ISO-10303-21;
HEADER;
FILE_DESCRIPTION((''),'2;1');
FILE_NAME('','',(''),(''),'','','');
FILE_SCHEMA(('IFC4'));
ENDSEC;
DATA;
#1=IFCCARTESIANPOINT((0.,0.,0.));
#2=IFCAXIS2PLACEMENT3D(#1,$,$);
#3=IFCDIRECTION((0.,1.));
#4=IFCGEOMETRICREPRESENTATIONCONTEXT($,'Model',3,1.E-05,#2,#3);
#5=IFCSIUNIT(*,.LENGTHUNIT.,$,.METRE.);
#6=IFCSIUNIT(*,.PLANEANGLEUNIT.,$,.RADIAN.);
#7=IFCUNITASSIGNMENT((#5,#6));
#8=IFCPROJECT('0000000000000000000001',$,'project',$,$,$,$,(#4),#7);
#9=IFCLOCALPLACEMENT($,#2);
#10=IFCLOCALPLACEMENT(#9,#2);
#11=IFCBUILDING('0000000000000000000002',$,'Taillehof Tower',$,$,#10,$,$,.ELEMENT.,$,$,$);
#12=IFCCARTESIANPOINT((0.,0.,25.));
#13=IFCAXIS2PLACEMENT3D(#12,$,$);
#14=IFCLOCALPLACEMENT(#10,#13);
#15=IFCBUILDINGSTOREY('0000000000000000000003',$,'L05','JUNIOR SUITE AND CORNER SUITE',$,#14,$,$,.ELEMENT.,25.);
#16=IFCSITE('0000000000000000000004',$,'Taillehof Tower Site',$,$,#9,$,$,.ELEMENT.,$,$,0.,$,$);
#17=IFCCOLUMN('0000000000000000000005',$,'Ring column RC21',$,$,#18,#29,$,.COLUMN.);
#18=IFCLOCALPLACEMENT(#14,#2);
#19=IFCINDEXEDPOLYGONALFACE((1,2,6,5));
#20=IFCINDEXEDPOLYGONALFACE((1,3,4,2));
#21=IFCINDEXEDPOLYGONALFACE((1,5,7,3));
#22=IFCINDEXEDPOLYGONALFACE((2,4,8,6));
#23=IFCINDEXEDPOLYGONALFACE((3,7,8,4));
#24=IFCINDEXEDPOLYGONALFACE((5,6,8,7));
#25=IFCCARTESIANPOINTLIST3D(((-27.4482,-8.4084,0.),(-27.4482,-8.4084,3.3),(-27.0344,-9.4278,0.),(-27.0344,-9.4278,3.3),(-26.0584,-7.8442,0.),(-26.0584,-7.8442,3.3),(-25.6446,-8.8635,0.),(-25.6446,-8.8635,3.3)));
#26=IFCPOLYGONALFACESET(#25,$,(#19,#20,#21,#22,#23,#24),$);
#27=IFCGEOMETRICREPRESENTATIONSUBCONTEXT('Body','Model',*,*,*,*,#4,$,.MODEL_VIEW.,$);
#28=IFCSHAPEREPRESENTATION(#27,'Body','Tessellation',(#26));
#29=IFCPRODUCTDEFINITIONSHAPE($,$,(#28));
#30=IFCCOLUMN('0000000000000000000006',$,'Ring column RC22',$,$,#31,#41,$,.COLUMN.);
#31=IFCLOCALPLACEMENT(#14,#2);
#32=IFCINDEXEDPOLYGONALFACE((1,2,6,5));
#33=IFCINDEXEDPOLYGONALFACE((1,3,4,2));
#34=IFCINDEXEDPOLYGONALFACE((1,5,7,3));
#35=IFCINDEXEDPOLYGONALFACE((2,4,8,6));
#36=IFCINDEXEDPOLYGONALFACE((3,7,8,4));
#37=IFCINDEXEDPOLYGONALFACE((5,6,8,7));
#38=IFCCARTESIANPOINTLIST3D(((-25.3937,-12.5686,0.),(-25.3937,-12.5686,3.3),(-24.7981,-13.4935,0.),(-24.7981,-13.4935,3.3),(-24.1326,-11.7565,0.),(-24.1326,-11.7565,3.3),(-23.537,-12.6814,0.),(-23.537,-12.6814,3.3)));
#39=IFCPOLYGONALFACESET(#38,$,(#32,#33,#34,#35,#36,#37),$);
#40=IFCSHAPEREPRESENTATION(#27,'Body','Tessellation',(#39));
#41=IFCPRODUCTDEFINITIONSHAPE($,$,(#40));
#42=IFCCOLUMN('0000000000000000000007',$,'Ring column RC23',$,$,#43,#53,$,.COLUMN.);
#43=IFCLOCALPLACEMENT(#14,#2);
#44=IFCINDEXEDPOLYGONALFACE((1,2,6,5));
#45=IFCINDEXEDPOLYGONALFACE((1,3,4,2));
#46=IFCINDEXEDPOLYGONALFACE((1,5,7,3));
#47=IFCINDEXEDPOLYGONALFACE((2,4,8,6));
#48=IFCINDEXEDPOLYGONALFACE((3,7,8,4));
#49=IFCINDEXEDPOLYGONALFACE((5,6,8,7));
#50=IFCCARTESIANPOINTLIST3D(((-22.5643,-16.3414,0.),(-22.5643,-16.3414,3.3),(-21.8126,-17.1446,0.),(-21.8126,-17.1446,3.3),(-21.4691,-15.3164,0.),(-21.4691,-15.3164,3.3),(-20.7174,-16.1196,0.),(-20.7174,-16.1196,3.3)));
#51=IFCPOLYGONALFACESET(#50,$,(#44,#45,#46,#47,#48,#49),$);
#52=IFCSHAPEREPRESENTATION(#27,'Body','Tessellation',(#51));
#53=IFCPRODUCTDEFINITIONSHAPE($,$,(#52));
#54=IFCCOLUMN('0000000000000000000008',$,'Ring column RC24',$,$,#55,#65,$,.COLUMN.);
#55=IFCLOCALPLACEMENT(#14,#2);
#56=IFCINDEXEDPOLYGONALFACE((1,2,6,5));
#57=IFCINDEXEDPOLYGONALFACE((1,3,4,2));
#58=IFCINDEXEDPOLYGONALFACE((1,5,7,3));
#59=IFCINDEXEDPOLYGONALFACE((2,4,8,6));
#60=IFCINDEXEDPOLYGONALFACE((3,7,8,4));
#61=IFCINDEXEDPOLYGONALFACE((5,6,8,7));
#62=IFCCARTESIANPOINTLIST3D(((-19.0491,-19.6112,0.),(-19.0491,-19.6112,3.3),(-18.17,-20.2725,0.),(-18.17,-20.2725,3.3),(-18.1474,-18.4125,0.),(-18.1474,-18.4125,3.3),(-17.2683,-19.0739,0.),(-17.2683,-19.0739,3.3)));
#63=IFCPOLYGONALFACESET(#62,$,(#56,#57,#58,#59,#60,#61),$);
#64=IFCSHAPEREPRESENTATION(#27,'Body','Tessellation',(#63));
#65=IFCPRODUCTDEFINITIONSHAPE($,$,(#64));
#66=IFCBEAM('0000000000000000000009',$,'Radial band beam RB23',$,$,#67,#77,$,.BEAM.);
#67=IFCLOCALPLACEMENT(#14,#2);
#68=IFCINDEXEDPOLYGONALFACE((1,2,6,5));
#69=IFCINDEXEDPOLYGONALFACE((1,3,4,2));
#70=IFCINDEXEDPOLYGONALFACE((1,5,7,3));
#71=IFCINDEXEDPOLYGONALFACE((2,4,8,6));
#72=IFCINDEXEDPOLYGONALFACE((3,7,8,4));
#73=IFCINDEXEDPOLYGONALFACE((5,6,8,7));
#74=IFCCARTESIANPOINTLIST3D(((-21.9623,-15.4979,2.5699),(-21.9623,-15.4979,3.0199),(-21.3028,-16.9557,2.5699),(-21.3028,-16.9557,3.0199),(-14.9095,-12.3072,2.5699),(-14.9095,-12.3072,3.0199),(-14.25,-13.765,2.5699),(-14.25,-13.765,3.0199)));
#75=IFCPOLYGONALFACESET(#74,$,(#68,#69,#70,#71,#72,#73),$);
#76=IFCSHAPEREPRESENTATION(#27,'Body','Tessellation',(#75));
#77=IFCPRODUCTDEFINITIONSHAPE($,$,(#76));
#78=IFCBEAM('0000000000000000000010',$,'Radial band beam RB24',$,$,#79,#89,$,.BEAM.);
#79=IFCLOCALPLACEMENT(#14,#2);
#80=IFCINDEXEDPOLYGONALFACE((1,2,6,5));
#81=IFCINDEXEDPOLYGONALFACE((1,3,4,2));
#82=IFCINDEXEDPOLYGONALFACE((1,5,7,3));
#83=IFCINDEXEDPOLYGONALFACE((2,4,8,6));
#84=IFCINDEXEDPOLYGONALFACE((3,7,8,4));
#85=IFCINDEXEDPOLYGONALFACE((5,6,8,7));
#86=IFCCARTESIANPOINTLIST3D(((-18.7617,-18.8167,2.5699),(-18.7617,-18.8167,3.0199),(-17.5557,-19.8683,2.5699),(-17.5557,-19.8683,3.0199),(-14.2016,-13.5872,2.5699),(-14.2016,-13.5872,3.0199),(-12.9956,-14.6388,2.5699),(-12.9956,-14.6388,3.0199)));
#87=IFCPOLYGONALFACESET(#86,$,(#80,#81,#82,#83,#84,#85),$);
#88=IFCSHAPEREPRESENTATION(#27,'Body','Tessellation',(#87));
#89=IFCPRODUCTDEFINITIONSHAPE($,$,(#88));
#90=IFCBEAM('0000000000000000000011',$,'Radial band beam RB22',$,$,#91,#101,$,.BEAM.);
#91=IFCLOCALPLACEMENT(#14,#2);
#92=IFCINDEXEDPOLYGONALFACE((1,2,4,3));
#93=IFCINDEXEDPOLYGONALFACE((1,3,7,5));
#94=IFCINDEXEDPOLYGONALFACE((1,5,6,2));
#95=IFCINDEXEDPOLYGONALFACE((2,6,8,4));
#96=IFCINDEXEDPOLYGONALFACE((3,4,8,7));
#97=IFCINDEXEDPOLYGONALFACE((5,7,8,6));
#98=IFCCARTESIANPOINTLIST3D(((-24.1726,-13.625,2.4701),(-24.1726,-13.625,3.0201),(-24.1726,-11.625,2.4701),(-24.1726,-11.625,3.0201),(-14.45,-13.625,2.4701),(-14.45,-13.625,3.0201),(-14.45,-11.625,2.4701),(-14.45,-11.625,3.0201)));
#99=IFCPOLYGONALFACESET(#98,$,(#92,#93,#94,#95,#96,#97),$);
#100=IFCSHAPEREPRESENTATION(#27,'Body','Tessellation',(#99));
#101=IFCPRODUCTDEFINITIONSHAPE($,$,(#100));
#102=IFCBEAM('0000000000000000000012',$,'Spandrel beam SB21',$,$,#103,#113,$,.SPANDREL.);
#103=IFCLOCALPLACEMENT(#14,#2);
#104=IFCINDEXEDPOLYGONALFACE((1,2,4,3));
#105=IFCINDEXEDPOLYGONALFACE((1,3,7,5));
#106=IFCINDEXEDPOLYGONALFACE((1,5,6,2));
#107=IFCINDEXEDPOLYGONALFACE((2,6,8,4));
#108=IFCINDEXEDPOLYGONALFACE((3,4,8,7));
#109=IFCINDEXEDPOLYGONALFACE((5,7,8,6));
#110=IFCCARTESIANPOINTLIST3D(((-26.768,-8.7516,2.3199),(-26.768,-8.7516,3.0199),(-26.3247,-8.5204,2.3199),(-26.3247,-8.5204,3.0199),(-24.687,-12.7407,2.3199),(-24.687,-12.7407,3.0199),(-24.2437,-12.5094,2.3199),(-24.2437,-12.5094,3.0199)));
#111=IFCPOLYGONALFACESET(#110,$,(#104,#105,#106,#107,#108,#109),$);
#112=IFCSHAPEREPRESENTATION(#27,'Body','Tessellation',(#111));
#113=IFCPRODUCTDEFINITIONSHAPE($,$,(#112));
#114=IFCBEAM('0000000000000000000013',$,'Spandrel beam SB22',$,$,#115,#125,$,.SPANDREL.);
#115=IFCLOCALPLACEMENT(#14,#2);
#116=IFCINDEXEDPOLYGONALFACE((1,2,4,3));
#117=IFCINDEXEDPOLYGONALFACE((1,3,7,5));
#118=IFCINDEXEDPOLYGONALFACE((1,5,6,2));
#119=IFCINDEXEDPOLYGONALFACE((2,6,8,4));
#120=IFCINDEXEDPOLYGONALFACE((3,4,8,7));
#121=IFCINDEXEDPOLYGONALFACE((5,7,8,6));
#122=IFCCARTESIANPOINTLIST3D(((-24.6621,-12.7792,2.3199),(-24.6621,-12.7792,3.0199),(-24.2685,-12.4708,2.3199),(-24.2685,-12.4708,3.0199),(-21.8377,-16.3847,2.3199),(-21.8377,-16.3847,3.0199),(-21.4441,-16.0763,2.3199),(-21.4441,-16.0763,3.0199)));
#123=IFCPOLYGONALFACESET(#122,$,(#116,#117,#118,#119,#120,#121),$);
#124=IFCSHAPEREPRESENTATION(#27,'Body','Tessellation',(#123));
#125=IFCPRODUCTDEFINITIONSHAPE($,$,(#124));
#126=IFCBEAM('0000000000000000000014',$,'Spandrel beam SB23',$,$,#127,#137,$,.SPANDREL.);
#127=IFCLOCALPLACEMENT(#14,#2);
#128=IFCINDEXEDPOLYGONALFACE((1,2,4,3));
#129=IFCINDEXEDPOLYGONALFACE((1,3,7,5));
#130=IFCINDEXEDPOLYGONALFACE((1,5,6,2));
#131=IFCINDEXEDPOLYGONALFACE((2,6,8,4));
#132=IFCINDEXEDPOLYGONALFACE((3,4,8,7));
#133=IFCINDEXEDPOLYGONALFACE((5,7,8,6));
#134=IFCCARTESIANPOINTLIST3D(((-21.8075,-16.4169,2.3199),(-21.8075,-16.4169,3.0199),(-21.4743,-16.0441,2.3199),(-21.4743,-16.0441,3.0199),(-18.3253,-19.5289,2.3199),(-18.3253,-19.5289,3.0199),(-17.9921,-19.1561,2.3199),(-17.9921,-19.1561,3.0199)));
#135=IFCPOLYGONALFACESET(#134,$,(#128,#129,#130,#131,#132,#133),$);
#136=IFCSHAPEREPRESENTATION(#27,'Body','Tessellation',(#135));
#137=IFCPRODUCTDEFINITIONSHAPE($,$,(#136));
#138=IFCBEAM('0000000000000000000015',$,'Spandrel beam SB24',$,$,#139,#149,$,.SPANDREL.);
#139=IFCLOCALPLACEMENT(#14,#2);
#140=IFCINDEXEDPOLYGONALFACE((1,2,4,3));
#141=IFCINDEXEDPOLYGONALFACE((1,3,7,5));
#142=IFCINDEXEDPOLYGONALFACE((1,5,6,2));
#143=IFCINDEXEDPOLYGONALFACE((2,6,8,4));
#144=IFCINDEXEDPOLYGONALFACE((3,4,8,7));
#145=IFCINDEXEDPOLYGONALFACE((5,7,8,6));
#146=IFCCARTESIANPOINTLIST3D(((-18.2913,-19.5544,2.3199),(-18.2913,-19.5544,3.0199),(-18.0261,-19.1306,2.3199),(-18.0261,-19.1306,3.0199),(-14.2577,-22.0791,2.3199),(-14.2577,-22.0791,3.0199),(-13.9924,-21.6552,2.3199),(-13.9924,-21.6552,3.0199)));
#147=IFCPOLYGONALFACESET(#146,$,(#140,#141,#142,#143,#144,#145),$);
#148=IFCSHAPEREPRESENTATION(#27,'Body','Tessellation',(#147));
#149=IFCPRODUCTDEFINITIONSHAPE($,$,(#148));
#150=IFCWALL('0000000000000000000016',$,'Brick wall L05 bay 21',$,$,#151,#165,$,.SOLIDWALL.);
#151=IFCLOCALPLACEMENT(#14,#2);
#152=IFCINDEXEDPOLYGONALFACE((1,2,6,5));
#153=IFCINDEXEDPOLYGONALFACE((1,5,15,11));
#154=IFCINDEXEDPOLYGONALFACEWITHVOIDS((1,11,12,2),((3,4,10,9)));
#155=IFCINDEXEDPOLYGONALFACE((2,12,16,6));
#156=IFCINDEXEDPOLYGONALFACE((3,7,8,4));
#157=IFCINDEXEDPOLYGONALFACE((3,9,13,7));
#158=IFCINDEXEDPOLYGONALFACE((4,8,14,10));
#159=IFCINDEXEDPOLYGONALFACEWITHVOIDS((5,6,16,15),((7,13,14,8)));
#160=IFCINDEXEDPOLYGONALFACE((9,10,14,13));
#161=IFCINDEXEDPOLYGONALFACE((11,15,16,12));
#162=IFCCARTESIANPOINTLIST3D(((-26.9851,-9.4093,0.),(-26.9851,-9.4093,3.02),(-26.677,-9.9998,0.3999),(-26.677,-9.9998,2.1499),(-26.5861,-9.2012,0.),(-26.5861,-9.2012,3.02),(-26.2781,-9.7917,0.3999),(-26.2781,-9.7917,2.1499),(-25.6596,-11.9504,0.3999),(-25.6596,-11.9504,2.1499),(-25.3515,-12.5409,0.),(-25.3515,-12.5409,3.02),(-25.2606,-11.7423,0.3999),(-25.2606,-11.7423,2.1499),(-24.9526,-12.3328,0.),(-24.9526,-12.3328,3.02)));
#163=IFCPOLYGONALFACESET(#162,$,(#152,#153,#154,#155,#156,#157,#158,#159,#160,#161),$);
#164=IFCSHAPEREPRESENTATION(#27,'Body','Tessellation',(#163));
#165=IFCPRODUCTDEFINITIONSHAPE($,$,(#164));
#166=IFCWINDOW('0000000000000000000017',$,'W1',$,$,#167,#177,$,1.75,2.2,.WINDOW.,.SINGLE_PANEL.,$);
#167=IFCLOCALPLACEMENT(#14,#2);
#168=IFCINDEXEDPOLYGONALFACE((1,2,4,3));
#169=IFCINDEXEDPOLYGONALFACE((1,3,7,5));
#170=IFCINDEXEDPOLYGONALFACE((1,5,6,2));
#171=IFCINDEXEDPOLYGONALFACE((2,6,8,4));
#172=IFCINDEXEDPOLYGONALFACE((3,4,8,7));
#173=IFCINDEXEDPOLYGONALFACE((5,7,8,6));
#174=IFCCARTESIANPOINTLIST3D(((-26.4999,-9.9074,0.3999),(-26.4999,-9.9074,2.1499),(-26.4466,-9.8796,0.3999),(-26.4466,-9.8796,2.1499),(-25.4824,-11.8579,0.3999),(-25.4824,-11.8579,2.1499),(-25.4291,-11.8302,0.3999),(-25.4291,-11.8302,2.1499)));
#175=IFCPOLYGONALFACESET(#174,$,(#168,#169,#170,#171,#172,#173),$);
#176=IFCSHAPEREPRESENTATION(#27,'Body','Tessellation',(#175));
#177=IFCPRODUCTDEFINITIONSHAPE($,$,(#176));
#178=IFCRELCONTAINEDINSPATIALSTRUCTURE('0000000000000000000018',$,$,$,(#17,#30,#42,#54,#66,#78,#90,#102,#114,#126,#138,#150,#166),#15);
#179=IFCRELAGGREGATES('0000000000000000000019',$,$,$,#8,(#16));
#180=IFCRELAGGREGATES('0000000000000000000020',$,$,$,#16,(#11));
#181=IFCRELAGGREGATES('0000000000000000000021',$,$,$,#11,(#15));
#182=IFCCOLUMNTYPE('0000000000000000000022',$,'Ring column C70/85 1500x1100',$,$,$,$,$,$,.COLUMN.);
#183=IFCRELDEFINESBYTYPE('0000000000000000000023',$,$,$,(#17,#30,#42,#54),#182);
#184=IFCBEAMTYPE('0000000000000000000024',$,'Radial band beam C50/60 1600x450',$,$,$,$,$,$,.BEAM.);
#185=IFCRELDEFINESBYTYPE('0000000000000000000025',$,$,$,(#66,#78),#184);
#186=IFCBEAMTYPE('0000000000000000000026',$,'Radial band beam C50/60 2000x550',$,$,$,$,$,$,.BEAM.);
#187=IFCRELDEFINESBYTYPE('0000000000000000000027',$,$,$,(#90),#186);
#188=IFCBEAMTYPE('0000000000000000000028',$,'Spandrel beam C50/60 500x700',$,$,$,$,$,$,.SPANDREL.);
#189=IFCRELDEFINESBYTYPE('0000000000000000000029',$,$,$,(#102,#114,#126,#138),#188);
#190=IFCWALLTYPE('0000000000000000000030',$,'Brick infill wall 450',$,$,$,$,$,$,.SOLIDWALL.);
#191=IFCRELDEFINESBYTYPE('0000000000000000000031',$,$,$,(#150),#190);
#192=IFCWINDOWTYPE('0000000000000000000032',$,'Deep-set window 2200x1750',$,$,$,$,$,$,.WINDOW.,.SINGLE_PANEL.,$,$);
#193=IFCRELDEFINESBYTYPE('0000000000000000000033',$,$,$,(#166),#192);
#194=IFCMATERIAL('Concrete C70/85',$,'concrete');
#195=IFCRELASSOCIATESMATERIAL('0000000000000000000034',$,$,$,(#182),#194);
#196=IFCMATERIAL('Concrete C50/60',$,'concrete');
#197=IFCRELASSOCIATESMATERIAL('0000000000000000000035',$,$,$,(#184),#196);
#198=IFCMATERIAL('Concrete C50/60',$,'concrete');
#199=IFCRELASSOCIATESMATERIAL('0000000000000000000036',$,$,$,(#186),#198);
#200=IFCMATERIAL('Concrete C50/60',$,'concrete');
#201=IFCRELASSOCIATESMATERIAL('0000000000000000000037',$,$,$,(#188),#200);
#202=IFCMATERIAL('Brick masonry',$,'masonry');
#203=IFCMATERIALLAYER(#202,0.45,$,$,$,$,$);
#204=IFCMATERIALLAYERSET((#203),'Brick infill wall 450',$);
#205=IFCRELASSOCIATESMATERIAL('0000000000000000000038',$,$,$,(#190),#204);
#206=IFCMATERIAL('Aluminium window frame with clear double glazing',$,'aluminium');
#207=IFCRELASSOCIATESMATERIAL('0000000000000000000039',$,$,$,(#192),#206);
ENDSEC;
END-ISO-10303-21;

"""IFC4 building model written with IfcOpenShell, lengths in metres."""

from ifc_helpers import new_model, si_unit, direction, frame, frame_2d, origin, origin_2d, place, context, subcontext, project, spatial, rectangle, extrude, material, layer, layer_set, material_profile, profile_set, type_object, element, fill, save


model = new_model("IFC4")

# Units and contexts
model_context = context("Model", 3, precision=1e-05, world=origin(), true_north=direction((0.0, 1.0)))
body_context = subcontext(model_context, "Body", "Model", "MODEL_VIEW")
ifc_project = project(units=[si_unit("LENGTHUNIT", "METRE"), si_unit("PLANEANGLEUNIT", "RADIAN")], contexts=[model_context])

# Site, building, storey
site_placement = place(None, origin())
site = spatial("IfcSite", under=ifc_project, at=site_placement, Name="Taillehof Tower Site", CompositionType="ELEMENT", RefElevation=0.0)
building_placement = place(site_placement, origin())
building = spatial("IfcBuilding", under=site, at=building_placement, Name="Taillehof Tower", CompositionType="ELEMENT")
storey_placement = place(building_placement, frame((0.0, 0.0, 25.0)))
storey = spatial("IfcBuildingStorey", under=building, at=storey_placement, Name="L05", Description="JUNIOR SUITE AND CORNER SUITE", CompositionType="ELEMENT", Elevation=25.0)

# Columns
ifc_material_1 = material(Name="Concrete C70/85", Category="concrete")
ifc_material_profile_1 = material_profile(ifc_material_1, rectangle(XDim=1.5, YDim=1.1001, at=origin_2d()), Name="RC 1500x1100")
ifc_profile_set_1 = profile_set([ifc_material_profile_1], Name="Concrete C70/85")
column_type = type_object("IfcColumnType", Name="Ring column C70/85 1500x1100", PredefinedType="COLUMN", material=ifc_profile_set_1)
for number, where, z_axis, x_axis, name in (
    (1, (-26.5464, -8.636, 0.0), (0.0, 0.0, 1.0), (-0.926558, -0.376152, 0.0), "Ring column RC21"),
    (2, (-24.4653, -12.625, 0.0), (0.0, 0.0, 1.0), (-0.840754, -0.541418, 0.0), "Ring column RC22"),
    (3, (-21.6409, -16.2305, 0.0), (0.0, 0.0, 1.0), (-0.730113, -0.683326, 0.0), "Ring column RC23"),
    (4, (-18.1587, -19.3425, 0.0), (0.0, 0.0, 1.0), (-0.601174, -0.799118, 0.0), "Ring column RC24"),
):
    element("IfcColumn", number, at=place(storey_placement, frame(where, z_axis=z_axis, x_axis=x_axis)), inside=storey, type_object=column_type, Name=name, PredefinedType="COLUMN", context=body_context, shape_type="SweptSolid", body=[
        extrude(rectangle(XDim=1.5, YDim=1.1001, at=origin_2d()), origin(), (0.0, 0.0, 1.0), 3.3),
    ])

# Beams
ifc_material_2 = material(Name="Concrete C50/60", Category="concrete")
ifc_material_profile_2 = material_profile(ifc_material_2, rectangle(XDim=1.6001, YDim=0.45, at=origin_2d()), Name="RC 1600x450")
ifc_profile_set_2 = profile_set([ifc_material_profile_2], Name="Concrete C50/60")
beam_type_1 = type_object("IfcBeamType", Name="Radial band beam C50/60 1600x450", PredefinedType="BEAM", material=ifc_profile_set_2)
beam_1_placement = place(storey_placement, frame((-21.6326, -16.2268, 2.7949), z_axis=(0.911101, 0.412184, 0.0), x_axis=(-0.412184, 0.911101, 0.0)))
element("IfcBeam", 5, at=beam_1_placement, inside=storey, type_object=beam_type_1, Name="Radial band beam RB23", PredefinedType="BEAM", context=body_context, shape_type="SweptSolid", body=[
    extrude(rectangle(XDim=1.6001, YDim=0.45, at=origin_2d()), origin(), (0.0, 0.0, 1.0), 7.741),
])
beam_2_placement = place(storey_placement, frame((-18.1587, -19.3425, 2.7949), z_axis=(0.657218, 0.7537, 0.0), x_axis=(-0.7537, 0.657218, 0.0)))
element("IfcBeam", 6, at=beam_2_placement, inside=storey, type_object=beam_type_1, Name="Radial band beam RB24", PredefinedType="BEAM", context=body_context, shape_type="SweptSolid", body=[
    extrude(rectangle(XDim=1.6001, YDim=0.45, at=origin_2d()), origin(), (0.0, 0.0, 1.0), 6.9385),
])
ifc_material_3 = material(Name="Concrete C50/60", Category="concrete")
ifc_material_profile_3 = material_profile(ifc_material_3, rectangle(XDim=2.0, YDim=0.55, at=origin_2d()), Name="RC 2000x550")
ifc_profile_set_3 = profile_set([ifc_material_profile_3], Name="Concrete C50/60")
beam_type_2 = type_object("IfcBeamType", Name="Radial band beam C50/60 2000x550", PredefinedType="BEAM", material=ifc_profile_set_3)
beam_3_placement = place(storey_placement, frame((-24.1726, -12.625, 2.7451), z_axis=(1.0, 0.0, 0.0), x_axis=(0.0, 1.0, 0.0)))
element("IfcBeam", 7, at=beam_3_placement, inside=storey, type_object=beam_type_2, Name="Radial band beam RB22", PredefinedType="BEAM", context=body_context, shape_type="SweptSolid", body=[
    extrude(rectangle(XDim=2.0, YDim=0.55, at=origin_2d()), origin(), (0.0, 0.0, 1.0), 9.7227),
])
ifc_material_4 = material(Name="Concrete C50/60", Category="concrete")
ifc_material_profile_4 = material_profile(ifc_material_4, rectangle(XDim=0.5, YDim=0.7, at=origin_2d()), Name="RC 500x700")
ifc_profile_set_4 = profile_set([ifc_material_profile_4], Name="Concrete C50/60")
beam_type_3 = type_object("IfcBeamType", Name="Spandrel beam C50/60 500x700", PredefinedType="SPANDREL", material=ifc_profile_set_4)
beam_4_placement = place(storey_placement, frame((-26.5464, -8.636, 2.6699), z_axis=(0.462536, -0.8866, 0.0), x_axis=(0.8866, 0.462536, 0.0)))
element("IfcBeam", 8, at=beam_4_placement, inside=storey, type_object=beam_type_3, Name="Spandrel beam SB21", PredefinedType="SPANDREL", context=body_context, shape_type="SweptSolid", body=[
    extrude(rectangle(XDim=0.5, YDim=0.7, at=origin_2d()), origin(), (0.0, 0.0, 1.0), 4.4993),
])
beam_5_placement = place(storey_placement, frame((-24.4653, -12.625, 2.6699), z_axis=(0.616686, -0.787209, 0.0), x_axis=(0.787209, 0.616686, 0.0)))
element("IfcBeam", 9, at=beam_5_placement, inside=storey, type_object=beam_type_3, Name="Spandrel beam SB22", PredefinedType="SPANDREL", context=body_context, shape_type="SweptSolid", body=[
    extrude(rectangle(XDim=0.5, YDim=0.7, at=origin_2d()), origin(), (0.0, 0.0, 1.0), 4.5801),
])
beam_6_placement = place(storey_placement, frame((-21.6409, -16.2305, 2.6699), z_axis=(0.745621, -0.66637, 0.0), x_axis=(0.66637, 0.745621, 0.0)))
element("IfcBeam", 10, at=beam_6_placement, inside=storey, type_object=beam_type_3, Name="Spandrel beam SB23", PredefinedType="SPANDREL", context=body_context, shape_type="SweptSolid", body=[
    extrude(rectangle(XDim=0.5, YDim=0.7, at=origin_2d()), origin(), (0.0, 0.0, 1.0), 4.6702),
])
beam_7_placement = place(storey_placement, frame((-18.1587, -19.3425, 2.6699), z_axis=(0.847658, -0.530543, 0.0), x_axis=(0.530543, 0.847658, 0.0)))
element("IfcBeam", 11, at=beam_7_placement, inside=storey, type_object=beam_type_3, Name="Spandrel beam SB24", PredefinedType="SPANDREL", context=body_context, shape_type="SweptSolid", body=[
    extrude(rectangle(XDim=0.5, YDim=0.7, at=origin_2d()), origin(), (0.0, 0.0, 1.0), 4.7585),
])

# Wall, opening, window
ifc_material_5 = material(Name="Brick masonry", Category="masonry")
ifc_layer_1 = layer(ifc_material_5, 0.45)
ifc_layer_set_1 = layer_set([ifc_layer_1], Name="Brick infill wall 450")
wall_type_1 = type_object("IfcWallType", Name="Brick infill wall 450", PredefinedType="SOLIDWALL", material=ifc_layer_set_1)
wall_1_placement = place(storey_placement, frame((-26.7856, -9.3052, 0.0), z_axis=(0.0, 0.0, 1.0), x_axis=(0.462493, -0.886623, 0.0)))
wall_1 = element("IfcWall", 12, at=wall_1_placement, inside=storey, type_object=wall_type_1, Name="Brick wall L05 bay 21", PredefinedType="SOLIDWALL", context=body_context, shape_type="SweptSolid", body=[
    extrude(rectangle(XDim=3.532, YDim=0.45, at=frame_2d((1.7661, 0.0))), origin(), (0.0, 0.0, 1.0), 3.02),
])
opening_1_placement = place(wall_1_placement, frame((0.666, 0.0, 0.3999)))
opening_1 = element("IfcOpeningElement", 13, at=opening_1_placement, cuts=wall_1, PredefinedType="OPENING", context=body_context, shape_type="SweptSolid", body=[
    extrude(rectangle(XDim=2.2, YDim=1.75, at=frame_2d((1.1001, 0.875))), frame((0.0, 0.2349, 0.0), z_axis=(0.0, -1.0, 0.0), x_axis=(1.0, 0.0, 0.0)), (0.0, 0.0, 1.0), 0.47),
])
ifc_material_6 = material(Name="Aluminium window frame with clear double glazing", Category="aluminium")
window_type = type_object("IfcWindowType", Name="Deep-set window 2200x1750", PartitioningType="SINGLE_PANEL", PredefinedType="WINDOW", material=ifc_material_6)
window_1_placement = place(opening_1_placement, origin())
window_1 = element("IfcWindow", 14, at=window_1_placement, inside=storey, type_object=window_type, Name="W1", OverallHeight=1.75, OverallWidth=2.2, PartitioningType="SINGLE_PANEL", PredefinedType="WINDOW", context=body_context, shape_type="SweptSolid", body=[
    extrude(rectangle(XDim=2.2, YDim=1.75, at=frame_2d((1.1001, 0.875))), frame((0.0, 0.0349, 0.0), z_axis=(0.0, -1.0, 0.0), x_axis=(1.0, 0.0, 0.0)), (0.0, 0.0, 1.0), 0.0601),
])
fill(opening_1, window_1)

save(model, "model.ifc")
